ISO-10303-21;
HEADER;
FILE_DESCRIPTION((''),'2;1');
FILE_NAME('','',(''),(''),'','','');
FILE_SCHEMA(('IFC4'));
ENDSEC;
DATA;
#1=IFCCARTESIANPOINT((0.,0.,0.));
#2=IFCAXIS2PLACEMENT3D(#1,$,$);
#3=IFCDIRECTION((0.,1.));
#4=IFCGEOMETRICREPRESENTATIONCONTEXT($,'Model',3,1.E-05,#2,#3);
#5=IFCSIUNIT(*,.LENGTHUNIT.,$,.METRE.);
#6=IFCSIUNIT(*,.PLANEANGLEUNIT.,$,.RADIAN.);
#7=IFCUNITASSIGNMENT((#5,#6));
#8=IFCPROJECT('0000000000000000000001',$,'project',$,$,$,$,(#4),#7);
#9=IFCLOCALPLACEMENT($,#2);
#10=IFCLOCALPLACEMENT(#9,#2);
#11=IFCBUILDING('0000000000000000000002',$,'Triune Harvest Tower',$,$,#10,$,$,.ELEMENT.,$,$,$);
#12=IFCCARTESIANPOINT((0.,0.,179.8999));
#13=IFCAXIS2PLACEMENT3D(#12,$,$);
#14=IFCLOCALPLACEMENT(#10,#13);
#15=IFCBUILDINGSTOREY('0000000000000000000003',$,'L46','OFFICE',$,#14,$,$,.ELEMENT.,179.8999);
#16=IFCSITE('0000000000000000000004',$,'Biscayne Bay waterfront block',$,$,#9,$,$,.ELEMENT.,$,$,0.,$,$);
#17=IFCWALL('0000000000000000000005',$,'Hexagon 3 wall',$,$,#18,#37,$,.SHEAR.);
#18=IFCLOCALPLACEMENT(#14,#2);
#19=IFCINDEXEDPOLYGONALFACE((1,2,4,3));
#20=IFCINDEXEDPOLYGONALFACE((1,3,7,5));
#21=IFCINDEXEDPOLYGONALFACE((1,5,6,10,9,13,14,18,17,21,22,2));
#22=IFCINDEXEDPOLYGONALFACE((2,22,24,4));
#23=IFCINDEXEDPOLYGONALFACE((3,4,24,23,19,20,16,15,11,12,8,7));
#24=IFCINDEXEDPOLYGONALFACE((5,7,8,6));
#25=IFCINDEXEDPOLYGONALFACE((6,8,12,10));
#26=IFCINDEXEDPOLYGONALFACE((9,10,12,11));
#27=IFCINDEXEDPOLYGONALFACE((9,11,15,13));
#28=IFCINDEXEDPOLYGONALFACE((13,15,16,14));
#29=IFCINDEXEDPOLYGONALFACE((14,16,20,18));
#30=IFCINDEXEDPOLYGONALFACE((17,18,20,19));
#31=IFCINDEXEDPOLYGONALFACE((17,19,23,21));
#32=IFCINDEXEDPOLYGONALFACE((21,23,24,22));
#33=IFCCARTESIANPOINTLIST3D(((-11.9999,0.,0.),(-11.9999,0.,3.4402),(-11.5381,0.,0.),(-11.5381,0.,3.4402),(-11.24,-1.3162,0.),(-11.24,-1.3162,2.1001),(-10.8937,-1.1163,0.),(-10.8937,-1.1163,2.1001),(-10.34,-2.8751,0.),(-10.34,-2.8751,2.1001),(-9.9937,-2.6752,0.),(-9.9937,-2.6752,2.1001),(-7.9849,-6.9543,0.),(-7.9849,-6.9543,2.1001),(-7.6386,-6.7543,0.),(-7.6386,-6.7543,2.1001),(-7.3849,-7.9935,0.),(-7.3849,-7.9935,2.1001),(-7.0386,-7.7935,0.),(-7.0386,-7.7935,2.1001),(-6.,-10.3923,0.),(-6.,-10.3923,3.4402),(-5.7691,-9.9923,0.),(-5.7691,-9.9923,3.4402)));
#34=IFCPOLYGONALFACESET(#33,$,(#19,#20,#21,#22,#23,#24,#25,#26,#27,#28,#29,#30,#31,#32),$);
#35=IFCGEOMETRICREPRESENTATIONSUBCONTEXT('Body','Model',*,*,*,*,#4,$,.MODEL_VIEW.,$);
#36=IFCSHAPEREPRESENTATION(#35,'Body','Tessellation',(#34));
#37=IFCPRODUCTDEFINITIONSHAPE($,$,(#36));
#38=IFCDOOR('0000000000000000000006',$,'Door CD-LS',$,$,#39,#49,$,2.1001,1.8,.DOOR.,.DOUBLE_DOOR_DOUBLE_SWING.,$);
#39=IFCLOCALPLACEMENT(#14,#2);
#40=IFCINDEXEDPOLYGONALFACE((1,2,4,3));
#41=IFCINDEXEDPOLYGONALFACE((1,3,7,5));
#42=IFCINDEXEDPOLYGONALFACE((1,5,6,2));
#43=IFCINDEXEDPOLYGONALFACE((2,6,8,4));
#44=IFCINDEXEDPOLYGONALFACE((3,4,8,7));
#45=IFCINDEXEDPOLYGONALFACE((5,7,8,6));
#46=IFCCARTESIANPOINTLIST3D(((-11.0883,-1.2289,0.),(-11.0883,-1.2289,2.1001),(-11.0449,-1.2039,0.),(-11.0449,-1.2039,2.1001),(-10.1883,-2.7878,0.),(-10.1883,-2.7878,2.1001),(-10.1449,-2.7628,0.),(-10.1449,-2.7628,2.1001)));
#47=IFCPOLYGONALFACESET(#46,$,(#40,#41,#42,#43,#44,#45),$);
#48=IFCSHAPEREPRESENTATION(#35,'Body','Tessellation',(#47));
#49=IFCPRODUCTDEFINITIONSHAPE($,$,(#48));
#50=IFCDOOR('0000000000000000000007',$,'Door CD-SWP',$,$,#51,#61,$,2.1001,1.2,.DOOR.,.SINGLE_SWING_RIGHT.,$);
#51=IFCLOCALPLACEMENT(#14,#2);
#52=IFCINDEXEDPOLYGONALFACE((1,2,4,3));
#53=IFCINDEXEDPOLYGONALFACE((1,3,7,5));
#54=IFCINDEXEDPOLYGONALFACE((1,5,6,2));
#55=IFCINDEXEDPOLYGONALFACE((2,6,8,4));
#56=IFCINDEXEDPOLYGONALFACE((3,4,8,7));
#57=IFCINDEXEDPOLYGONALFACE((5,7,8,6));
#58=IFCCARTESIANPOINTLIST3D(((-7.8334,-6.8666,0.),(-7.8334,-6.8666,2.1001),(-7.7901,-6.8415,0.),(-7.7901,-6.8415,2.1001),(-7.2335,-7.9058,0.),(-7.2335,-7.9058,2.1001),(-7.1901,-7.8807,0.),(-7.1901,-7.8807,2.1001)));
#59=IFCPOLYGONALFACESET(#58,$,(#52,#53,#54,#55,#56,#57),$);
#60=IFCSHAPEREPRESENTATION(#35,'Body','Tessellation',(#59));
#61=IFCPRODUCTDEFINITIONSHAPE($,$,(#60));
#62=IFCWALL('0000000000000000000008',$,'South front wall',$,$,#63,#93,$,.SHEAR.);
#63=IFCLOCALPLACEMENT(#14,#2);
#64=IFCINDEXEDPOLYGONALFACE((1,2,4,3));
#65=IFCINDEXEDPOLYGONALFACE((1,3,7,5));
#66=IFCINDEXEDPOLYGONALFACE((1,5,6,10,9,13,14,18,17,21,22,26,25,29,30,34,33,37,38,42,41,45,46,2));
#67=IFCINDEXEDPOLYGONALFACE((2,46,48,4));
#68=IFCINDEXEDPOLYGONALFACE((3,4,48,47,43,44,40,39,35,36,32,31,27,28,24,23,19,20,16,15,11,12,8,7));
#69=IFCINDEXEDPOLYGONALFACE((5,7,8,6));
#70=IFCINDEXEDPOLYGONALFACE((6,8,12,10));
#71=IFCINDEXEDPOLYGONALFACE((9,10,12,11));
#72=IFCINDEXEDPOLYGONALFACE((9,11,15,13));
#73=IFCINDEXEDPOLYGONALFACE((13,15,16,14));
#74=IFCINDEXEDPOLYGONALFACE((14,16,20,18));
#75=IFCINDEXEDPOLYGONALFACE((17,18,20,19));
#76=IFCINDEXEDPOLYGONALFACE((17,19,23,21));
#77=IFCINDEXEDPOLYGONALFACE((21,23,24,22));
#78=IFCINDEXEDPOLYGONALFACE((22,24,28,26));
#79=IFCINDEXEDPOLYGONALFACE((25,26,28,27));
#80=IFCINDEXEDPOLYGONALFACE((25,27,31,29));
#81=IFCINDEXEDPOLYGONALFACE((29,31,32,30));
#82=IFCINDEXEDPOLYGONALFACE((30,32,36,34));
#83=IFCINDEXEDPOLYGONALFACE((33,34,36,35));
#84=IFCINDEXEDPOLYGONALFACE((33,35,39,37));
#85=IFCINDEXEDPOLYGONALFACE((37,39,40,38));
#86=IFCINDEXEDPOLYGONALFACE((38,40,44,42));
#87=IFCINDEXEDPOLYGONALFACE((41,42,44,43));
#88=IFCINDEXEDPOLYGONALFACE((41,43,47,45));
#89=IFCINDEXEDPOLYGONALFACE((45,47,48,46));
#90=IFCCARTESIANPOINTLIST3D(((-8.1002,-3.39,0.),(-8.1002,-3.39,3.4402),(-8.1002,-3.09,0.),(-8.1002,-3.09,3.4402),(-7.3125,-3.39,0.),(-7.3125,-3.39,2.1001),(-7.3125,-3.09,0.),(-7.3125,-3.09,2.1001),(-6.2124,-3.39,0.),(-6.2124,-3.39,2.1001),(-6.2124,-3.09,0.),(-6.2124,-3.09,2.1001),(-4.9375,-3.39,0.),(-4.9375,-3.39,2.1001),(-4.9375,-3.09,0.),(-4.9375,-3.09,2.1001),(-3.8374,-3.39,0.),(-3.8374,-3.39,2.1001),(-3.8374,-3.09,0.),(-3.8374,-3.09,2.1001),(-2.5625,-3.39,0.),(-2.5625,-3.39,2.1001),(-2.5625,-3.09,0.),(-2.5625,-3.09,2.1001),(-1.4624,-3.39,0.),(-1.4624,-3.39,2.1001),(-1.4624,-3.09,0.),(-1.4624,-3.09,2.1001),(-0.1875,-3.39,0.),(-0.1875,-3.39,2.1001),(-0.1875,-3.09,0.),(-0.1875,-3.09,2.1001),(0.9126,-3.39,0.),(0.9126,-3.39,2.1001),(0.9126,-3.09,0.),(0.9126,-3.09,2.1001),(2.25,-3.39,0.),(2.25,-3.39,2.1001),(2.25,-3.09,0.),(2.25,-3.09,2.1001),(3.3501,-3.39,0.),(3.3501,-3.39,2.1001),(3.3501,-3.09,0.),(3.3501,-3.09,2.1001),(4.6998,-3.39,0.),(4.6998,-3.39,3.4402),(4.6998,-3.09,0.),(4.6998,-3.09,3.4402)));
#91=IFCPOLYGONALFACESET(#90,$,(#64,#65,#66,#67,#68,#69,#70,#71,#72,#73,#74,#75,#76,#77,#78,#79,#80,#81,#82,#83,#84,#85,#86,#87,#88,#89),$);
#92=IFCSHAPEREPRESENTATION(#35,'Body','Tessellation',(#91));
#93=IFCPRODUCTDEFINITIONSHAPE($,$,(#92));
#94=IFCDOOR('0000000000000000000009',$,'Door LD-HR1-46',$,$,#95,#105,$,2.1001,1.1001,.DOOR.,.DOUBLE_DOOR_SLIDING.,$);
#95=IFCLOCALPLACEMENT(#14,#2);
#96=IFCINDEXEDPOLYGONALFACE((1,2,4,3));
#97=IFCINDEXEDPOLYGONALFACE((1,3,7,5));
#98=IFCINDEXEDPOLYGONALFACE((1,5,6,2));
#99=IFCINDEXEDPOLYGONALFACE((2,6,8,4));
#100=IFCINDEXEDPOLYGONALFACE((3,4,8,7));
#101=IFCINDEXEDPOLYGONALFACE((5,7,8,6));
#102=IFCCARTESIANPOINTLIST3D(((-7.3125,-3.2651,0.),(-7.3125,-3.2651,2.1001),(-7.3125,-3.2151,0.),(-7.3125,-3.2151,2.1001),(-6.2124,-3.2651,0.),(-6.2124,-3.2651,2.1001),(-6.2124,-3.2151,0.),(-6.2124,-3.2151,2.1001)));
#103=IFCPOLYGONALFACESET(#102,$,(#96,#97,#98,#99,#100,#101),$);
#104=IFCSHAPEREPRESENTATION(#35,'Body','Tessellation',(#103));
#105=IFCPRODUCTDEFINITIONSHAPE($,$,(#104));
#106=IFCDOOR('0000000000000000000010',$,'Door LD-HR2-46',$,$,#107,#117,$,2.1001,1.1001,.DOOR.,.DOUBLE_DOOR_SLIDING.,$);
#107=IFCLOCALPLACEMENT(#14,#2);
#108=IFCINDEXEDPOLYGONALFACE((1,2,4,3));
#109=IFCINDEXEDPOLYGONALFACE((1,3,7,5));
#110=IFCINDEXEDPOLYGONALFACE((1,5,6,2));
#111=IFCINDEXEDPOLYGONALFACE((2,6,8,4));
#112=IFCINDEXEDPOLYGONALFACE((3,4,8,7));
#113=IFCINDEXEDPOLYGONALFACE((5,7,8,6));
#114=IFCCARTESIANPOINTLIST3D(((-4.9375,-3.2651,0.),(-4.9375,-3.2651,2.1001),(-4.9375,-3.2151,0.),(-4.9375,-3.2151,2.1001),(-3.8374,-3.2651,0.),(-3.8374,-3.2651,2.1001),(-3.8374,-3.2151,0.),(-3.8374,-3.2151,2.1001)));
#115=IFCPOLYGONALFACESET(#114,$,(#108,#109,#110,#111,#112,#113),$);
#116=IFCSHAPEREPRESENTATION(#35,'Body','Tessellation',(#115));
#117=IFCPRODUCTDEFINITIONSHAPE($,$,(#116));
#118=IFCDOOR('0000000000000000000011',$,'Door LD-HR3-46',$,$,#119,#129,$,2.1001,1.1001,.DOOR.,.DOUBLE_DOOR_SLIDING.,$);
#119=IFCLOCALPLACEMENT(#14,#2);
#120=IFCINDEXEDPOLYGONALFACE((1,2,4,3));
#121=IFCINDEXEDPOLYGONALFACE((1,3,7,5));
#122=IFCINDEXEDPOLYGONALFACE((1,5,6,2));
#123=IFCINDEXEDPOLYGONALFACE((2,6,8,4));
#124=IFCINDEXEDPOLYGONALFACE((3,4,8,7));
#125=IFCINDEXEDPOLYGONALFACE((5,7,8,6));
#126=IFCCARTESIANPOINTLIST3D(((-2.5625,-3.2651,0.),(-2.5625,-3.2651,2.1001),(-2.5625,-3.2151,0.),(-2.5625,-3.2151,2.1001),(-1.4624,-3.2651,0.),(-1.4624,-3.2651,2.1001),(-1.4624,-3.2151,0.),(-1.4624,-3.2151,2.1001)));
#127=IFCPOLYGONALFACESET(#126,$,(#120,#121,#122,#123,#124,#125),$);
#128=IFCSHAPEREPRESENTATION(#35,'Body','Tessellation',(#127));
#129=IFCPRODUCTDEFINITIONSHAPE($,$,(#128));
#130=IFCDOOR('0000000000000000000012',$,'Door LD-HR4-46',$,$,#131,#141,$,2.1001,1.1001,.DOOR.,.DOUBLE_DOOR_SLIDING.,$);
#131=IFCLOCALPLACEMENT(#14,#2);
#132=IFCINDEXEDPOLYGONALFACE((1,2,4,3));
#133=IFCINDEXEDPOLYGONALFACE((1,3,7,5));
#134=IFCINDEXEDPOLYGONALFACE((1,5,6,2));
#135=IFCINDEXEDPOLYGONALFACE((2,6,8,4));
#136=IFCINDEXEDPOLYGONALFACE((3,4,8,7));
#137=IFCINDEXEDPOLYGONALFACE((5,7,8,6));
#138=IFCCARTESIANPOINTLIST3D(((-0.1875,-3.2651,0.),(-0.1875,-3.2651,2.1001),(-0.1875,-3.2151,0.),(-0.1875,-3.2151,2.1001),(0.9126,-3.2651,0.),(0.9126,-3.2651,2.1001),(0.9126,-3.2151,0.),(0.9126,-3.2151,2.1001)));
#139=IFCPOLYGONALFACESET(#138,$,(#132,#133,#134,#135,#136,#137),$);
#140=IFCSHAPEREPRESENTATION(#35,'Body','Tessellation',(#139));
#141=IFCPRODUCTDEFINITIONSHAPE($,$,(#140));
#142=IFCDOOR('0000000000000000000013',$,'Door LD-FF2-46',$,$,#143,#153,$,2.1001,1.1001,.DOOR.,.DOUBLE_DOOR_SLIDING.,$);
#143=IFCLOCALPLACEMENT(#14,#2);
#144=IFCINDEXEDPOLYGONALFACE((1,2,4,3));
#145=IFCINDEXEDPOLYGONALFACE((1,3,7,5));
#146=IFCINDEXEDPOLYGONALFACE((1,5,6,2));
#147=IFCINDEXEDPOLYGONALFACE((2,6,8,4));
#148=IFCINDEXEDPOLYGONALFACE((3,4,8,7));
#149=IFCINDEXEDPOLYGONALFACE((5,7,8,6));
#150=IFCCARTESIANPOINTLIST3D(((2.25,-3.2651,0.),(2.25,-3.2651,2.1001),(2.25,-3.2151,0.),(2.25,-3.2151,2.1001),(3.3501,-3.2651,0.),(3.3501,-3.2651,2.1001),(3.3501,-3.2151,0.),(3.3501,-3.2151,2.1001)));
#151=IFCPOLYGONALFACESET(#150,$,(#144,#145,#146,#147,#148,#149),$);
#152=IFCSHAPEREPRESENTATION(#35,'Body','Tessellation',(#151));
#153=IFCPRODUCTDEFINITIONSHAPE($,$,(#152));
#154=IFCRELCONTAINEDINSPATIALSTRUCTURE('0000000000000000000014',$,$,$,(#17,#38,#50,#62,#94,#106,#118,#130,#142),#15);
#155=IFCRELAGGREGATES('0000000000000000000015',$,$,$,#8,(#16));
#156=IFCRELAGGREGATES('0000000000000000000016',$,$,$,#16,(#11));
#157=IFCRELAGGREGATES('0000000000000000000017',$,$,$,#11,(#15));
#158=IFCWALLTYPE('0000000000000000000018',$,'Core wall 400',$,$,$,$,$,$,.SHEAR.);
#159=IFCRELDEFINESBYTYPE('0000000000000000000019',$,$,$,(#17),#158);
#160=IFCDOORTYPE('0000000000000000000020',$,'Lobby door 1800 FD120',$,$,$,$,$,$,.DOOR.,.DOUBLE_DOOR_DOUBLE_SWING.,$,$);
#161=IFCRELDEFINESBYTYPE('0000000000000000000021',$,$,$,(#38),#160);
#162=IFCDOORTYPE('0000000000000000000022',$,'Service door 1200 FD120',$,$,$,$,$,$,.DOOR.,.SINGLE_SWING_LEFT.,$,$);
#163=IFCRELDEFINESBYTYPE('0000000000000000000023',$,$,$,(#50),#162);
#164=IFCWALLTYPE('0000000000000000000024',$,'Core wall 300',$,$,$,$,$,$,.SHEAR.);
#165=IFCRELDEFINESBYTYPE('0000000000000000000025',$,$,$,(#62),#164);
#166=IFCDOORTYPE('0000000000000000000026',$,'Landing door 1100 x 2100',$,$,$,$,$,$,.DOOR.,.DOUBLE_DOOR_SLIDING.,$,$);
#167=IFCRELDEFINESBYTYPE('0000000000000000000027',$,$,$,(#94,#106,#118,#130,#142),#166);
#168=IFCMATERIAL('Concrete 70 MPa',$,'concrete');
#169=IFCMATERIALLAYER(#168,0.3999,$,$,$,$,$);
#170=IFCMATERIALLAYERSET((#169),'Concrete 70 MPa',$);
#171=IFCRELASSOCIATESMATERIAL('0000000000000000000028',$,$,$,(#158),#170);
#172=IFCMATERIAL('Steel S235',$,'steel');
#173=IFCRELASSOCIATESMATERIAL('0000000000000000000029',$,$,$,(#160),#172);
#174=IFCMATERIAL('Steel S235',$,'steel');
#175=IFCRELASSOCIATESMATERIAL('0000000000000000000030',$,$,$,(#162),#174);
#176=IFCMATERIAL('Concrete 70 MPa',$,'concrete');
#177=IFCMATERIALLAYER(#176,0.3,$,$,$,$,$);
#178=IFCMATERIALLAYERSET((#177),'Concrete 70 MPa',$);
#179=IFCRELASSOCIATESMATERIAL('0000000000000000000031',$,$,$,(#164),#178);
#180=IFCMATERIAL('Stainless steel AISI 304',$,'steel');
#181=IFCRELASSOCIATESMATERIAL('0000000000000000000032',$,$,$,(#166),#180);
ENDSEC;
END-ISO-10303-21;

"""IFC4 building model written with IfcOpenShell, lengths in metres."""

from ifc_helpers import new_model, si_unit, direction, frame, frame_2d, origin, place, context, subcontext, project, spatial, polyline, rectangle, outline, extrude, source, transform, mapped, material, layer, layer_set, type_object, element, fill, save


model = new_model("IFC4")

# Units and contexts
model_context = context("Model", 3, precision=1e-05, world=origin(), true_north=direction((0.0, 1.0)))
body_context = subcontext(model_context, "Body", "Model", "MODEL_VIEW")
ifc_project = project(units=[si_unit("LENGTHUNIT", "METRE"), si_unit("PLANEANGLEUNIT", "RADIAN")], contexts=[model_context])

# Site, building, storey
site_placement = place(None, origin())
site = spatial("IfcSite", under=ifc_project, at=site_placement, Name="Biscayne Bay waterfront block", CompositionType="ELEMENT", RefElevation=0.0)
building_placement = place(site_placement, origin())
building = spatial("IfcBuilding", under=site, at=building_placement, Name="Triune Harvest Tower", CompositionType="ELEMENT")
storey_placement = place(building_placement, frame((0.0, 0.0, 179.8999)))
storey = spatial("IfcBuildingStorey", under=building, at=storey_placement, Name="L46", Description="OFFICE", CompositionType="ELEMENT", Elevation=179.8999)

# Walls, openings, doors
ifc_material_1 = material(Name="Concrete 70 MPa", Category="concrete")
ifc_layer_1 = layer(ifc_material_1, 0.3999)
ifc_layer_set_1 = layer_set([ifc_layer_1], Name="Concrete 70 MPa")
wall_type_1 = type_object("IfcWallType", Name="Core wall 400", PredefinedType="SHEAR", material=ifc_layer_set_1)
shared_shape_1 = source(origin(), body_context, "Body", "SweptSolid", [
    extrude(outline(polyline([(-0.1155, -0.2), (11.8845, -0.2), (11.6536, 0.2), (0.1155, 0.2), (-0.1155, -0.2)])), origin(), (0.0, 0.0, 1.0), 3.4402),
])
wall_1_placement = place(storey_placement, frame((-11.769, 0.0, 0.0), z_axis=(0.0, 0.0, 1.0), x_axis=(0.499997, -0.866027, 0.0)))
wall_1 = element("IfcWall", 1, at=wall_1_placement, inside=storey, type_object=wall_type_1, Name="Hexagon 3 wall", PredefinedType="SHEAR", context=body_context, shape_type="MappedRepresentation", body=[
    mapped(shared_shape_1, transform((0.0, 0.0, 0.0), scale=1.0)),
])
opening_1_placement = place(wall_1_placement, frame((1.4045, 0.0, 0.0)))
opening_1 = element("IfcOpeningElement", 2, at=opening_1_placement, cuts=wall_1, PredefinedType="OPENING", context=body_context, shape_type="SweptSolid", body=[
    extrude(rectangle(XDim=1.8, YDim=2.1001, at=frame_2d((0.8999, 1.05))), frame((0.0, 0.21, 0.0), z_axis=(0.0, -1.0, 0.0), x_axis=(1.0, 0.0, 0.0)), (0.0, 0.0, 1.0), 0.4199),
])
opening_2_placement = place(wall_1_placement, frame((7.9146, 0.0, 0.0)))
opening_2 = element("IfcOpeningElement", 3, at=opening_2_placement, cuts=wall_1, PredefinedType="OPENING", context=body_context, shape_type="SweptSolid", body=[
    extrude(rectangle(XDim=1.2, YDim=2.1001, at=frame_2d((0.6001, 1.05))), frame((0.0, 0.21, 0.0), z_axis=(0.0, -1.0, 0.0), x_axis=(1.0, 0.0, 0.0)), (0.0, 0.0, 1.0), 0.4199),
])
ifc_material_2 = material(Name="Steel S235", Category="steel")
door_type_1 = type_object("IfcDoorType", Name="Lobby door 1800 FD120", OperationType="DOUBLE_DOOR_DOUBLE_SWING", PredefinedType="DOOR", material=ifc_material_2)
door_1_placement = place(opening_1_placement, frame((1.8, 0.0, 0.0), z_axis=(0.0, 0.0, 1.0), x_axis=(-1.0, 0.0, 0.0)))
door_1 = element("IfcDoor", 4, at=door_1_placement, inside=storey, type_object=door_type_1, Name="Door CD-LS", OperationType="DOUBLE_DOOR_DOUBLE_SWING", OverallHeight=2.1001, OverallWidth=1.8, PredefinedType="DOOR", context=body_context, shape_type="SweptSolid", body=[
    extrude(rectangle(XDim=1.8, YDim=2.1001, at=frame_2d((0.8999, 1.05))), frame((0.0, 0.0249, 0.0), z_axis=(0.0, -1.0, 0.0), x_axis=(1.0, 0.0, 0.0)), (0.0, 0.0, 1.0), 0.05),
])
fill(opening_1, door_1)
ifc_material_3 = material(Name="Steel S235", Category="steel")
door_type_2 = type_object("IfcDoorType", Name="Service door 1200 FD120", OperationType="SINGLE_SWING_LEFT", PredefinedType="DOOR", material=ifc_material_3)
door_2_placement = place(opening_2_placement, frame((1.2, 0.0, 0.0), z_axis=(0.0, 0.0, 1.0), x_axis=(-1.0, 0.0, 0.0)))
door_2 = element("IfcDoor", 5, at=door_2_placement, inside=storey, type_object=door_type_2, Name="Door CD-SWP", OperationType="SINGLE_SWING_RIGHT", OverallHeight=2.1001, OverallWidth=1.2, PredefinedType="DOOR", context=body_context, shape_type="SweptSolid", body=[
    extrude(rectangle(XDim=1.2, YDim=2.1001, at=frame_2d((0.6001, 1.05))), frame((0.0, 0.0249, 0.0), z_axis=(0.0, -1.0, 0.0), x_axis=(1.0, 0.0, 0.0)), (0.0, 0.0, 1.0), 0.05),
])
fill(opening_2, door_2)
ifc_material_4 = material(Name="Concrete 70 MPa", Category="concrete")
ifc_layer_2 = layer(ifc_material_4, 0.3)
ifc_layer_set_2 = layer_set([ifc_layer_2], Name="Concrete 70 MPa")
wall_type_2 = type_object("IfcWallType", Name="Core wall 300", PredefinedType="SHEAR", material=ifc_layer_set_2)
shared_shape_2 = source(origin(), body_context, "Body", "SweptSolid", [
    extrude(rectangle(XDim=12.8, YDim=0.3, at=frame_2d((6.3999, 0.0))), origin(), (0.0, 0.0, 1.0), 3.4402),
])
wall_2_placement = place(storey_placement, frame((-8.1001, -3.24, 0.0), z_axis=(0.0, 0.0, 1.0), x_axis=(1.0, 0.0, 0.0)))
wall_2 = element("IfcWall", 6, at=wall_2_placement, inside=storey, type_object=wall_type_2, Name="South front wall", PredefinedType="SHEAR", context=body_context, shape_type="MappedRepresentation", body=[
    mapped(shared_shape_2, transform((0.0, 0.0, 0.0), scale=1.0)),
])
opening_3_placement = place(wall_2_placement, frame((0.7876, 0.0, 0.0)))
opening_3 = element("IfcOpeningElement", 7, at=opening_3_placement, cuts=wall_2, PredefinedType="OPENING", context=body_context, shape_type="SweptSolid", body=[
    extrude(rectangle(XDim=1.1001, YDim=2.1001, at=frame_2d((0.55, 1.05))), frame((0.0, 0.1602, 0.0), z_axis=(0.0, -1.0, 0.0), x_axis=(1.0, 0.0, 0.0)), (0.0, 0.0, 1.0), 0.3201),
])
opening_4_placement = place(wall_2_placement, frame((3.1626, 0.0, 0.0)))
opening_4 = element("IfcOpeningElement", 8, at=opening_4_placement, cuts=wall_2, PredefinedType="OPENING", context=body_context, shape_type="SweptSolid", body=[
    extrude(rectangle(XDim=1.1001, YDim=2.1001, at=frame_2d((0.55, 1.05))), frame((0.0, 0.1602, 0.0), z_axis=(0.0, -1.0, 0.0), x_axis=(1.0, 0.0, 0.0)), (0.0, 0.0, 1.0), 0.3201),
])
opening_5_placement = place(wall_2_placement, frame((5.5376, 0.0, 0.0)))
opening_5 = element("IfcOpeningElement", 9, at=opening_5_placement, cuts=wall_2, PredefinedType="OPENING", context=body_context, shape_type="SweptSolid", body=[
    extrude(rectangle(XDim=1.1001, YDim=2.1001, at=frame_2d((0.55, 1.05))), frame((0.0, 0.1602, 0.0), z_axis=(0.0, -1.0, 0.0), x_axis=(1.0, 0.0, 0.0)), (0.0, 0.0, 1.0), 0.3201),
])
opening_6_placement = place(wall_2_placement, frame((7.9126, 0.0, 0.0)))
opening_6 = element("IfcOpeningElement", 10, at=opening_6_placement, cuts=wall_2, PredefinedType="OPENING", context=body_context, shape_type="SweptSolid", body=[
    extrude(rectangle(XDim=1.1001, YDim=2.1001, at=frame_2d((0.55, 1.05))), frame((0.0, 0.1602, 0.0), z_axis=(0.0, -1.0, 0.0), x_axis=(1.0, 0.0, 0.0)), (0.0, 0.0, 1.0), 0.3201),
])
opening_7_placement = place(wall_2_placement, frame((10.3501, 0.0, 0.0)))
opening_7 = element("IfcOpeningElement", 11, at=opening_7_placement, cuts=wall_2, PredefinedType="OPENING", context=body_context, shape_type="SweptSolid", body=[
    extrude(rectangle(XDim=1.1001, YDim=2.1001, at=frame_2d((0.55, 1.05))), frame((0.0, 0.1602, 0.0), z_axis=(0.0, -1.0, 0.0), x_axis=(1.0, 0.0, 0.0)), (0.0, 0.0, 1.0), 0.3201),
])
ifc_material_5 = material(Name="Stainless steel AISI 304", Category="steel")
door_type_3 = type_object("IfcDoorType", Name="Landing door 1100 x 2100", OperationType="DOUBLE_DOOR_SLIDING", PredefinedType="DOOR", material=ifc_material_5)
door_3_placement = place(opening_3_placement, origin())
door_3 = element("IfcDoor", 12, at=door_3_placement, inside=storey, type_object=door_type_3, Name="Door LD-HR1-46", OperationType="DOUBLE_DOOR_SLIDING", OverallHeight=2.1001, OverallWidth=1.1001, PredefinedType="DOOR", context=body_context, shape_type="SweptSolid", body=[
    extrude(rectangle(XDim=1.1001, YDim=2.1001, at=frame_2d((0.55, 1.05))), frame((0.0, 0.0249, 0.0), z_axis=(0.0, -1.0, 0.0), x_axis=(1.0, 0.0, 0.0)), (0.0, 0.0, 1.0), 0.05),
])
fill(opening_3, door_3)
door_4_placement = place(opening_4_placement, origin())
door_4 = element("IfcDoor", 13, at=door_4_placement, inside=storey, type_object=door_type_3, Name="Door LD-HR2-46", OperationType="DOUBLE_DOOR_SLIDING", OverallHeight=2.1001, OverallWidth=1.1001, PredefinedType="DOOR", context=body_context, shape_type="SweptSolid", body=[
    extrude(rectangle(XDim=1.1001, YDim=2.1001, at=frame_2d((0.55, 1.05))), frame((0.0, 0.0249, 0.0), z_axis=(0.0, -1.0, 0.0), x_axis=(1.0, 0.0, 0.0)), (0.0, 0.0, 1.0), 0.05),
])
fill(opening_4, door_4)
door_5_placement = place(opening_5_placement, origin())
door_5 = element("IfcDoor", 14, at=door_5_placement, inside=storey, type_object=door_type_3, Name="Door LD-HR3-46", OperationType="DOUBLE_DOOR_SLIDING", OverallHeight=2.1001, OverallWidth=1.1001, PredefinedType="DOOR", context=body_context, shape_type="SweptSolid", body=[
    extrude(rectangle(XDim=1.1001, YDim=2.1001, at=frame_2d((0.55, 1.05))), frame((0.0, 0.0249, 0.0), z_axis=(0.0, -1.0, 0.0), x_axis=(1.0, 0.0, 0.0)), (0.0, 0.0, 1.0), 0.05),
])
fill(opening_5, door_5)
door_6_placement = place(opening_6_placement, origin())
door_6 = element("IfcDoor", 15, at=door_6_placement, inside=storey, type_object=door_type_3, Name="Door LD-HR4-46", OperationType="DOUBLE_DOOR_SLIDING", OverallHeight=2.1001, OverallWidth=1.1001, PredefinedType="DOOR", context=body_context, shape_type="SweptSolid", body=[
    extrude(rectangle(XDim=1.1001, YDim=2.1001, at=frame_2d((0.55, 1.05))), frame((0.0, 0.0249, 0.0), z_axis=(0.0, -1.0, 0.0), x_axis=(1.0, 0.0, 0.0)), (0.0, 0.0, 1.0), 0.05),
])
fill(opening_6, door_6)
door_7_placement = place(opening_7_placement, origin())
door_7 = element("IfcDoor", 16, at=door_7_placement, inside=storey, type_object=door_type_3, Name="Door LD-FF2-46", OperationType="DOUBLE_DOOR_SLIDING", OverallHeight=2.1001, OverallWidth=1.1001, PredefinedType="DOOR", context=body_context, shape_type="SweptSolid", body=[
    extrude(rectangle(XDim=1.1001, YDim=2.1001, at=frame_2d((0.55, 1.05))), frame((0.0, 0.0249, 0.0), z_axis=(0.0, -1.0, 0.0), x_axis=(1.0, 0.0, 0.0)), (0.0, 0.0, 1.0), 0.05),
])
fill(opening_7, door_7)

save(model, "model.ifc")
